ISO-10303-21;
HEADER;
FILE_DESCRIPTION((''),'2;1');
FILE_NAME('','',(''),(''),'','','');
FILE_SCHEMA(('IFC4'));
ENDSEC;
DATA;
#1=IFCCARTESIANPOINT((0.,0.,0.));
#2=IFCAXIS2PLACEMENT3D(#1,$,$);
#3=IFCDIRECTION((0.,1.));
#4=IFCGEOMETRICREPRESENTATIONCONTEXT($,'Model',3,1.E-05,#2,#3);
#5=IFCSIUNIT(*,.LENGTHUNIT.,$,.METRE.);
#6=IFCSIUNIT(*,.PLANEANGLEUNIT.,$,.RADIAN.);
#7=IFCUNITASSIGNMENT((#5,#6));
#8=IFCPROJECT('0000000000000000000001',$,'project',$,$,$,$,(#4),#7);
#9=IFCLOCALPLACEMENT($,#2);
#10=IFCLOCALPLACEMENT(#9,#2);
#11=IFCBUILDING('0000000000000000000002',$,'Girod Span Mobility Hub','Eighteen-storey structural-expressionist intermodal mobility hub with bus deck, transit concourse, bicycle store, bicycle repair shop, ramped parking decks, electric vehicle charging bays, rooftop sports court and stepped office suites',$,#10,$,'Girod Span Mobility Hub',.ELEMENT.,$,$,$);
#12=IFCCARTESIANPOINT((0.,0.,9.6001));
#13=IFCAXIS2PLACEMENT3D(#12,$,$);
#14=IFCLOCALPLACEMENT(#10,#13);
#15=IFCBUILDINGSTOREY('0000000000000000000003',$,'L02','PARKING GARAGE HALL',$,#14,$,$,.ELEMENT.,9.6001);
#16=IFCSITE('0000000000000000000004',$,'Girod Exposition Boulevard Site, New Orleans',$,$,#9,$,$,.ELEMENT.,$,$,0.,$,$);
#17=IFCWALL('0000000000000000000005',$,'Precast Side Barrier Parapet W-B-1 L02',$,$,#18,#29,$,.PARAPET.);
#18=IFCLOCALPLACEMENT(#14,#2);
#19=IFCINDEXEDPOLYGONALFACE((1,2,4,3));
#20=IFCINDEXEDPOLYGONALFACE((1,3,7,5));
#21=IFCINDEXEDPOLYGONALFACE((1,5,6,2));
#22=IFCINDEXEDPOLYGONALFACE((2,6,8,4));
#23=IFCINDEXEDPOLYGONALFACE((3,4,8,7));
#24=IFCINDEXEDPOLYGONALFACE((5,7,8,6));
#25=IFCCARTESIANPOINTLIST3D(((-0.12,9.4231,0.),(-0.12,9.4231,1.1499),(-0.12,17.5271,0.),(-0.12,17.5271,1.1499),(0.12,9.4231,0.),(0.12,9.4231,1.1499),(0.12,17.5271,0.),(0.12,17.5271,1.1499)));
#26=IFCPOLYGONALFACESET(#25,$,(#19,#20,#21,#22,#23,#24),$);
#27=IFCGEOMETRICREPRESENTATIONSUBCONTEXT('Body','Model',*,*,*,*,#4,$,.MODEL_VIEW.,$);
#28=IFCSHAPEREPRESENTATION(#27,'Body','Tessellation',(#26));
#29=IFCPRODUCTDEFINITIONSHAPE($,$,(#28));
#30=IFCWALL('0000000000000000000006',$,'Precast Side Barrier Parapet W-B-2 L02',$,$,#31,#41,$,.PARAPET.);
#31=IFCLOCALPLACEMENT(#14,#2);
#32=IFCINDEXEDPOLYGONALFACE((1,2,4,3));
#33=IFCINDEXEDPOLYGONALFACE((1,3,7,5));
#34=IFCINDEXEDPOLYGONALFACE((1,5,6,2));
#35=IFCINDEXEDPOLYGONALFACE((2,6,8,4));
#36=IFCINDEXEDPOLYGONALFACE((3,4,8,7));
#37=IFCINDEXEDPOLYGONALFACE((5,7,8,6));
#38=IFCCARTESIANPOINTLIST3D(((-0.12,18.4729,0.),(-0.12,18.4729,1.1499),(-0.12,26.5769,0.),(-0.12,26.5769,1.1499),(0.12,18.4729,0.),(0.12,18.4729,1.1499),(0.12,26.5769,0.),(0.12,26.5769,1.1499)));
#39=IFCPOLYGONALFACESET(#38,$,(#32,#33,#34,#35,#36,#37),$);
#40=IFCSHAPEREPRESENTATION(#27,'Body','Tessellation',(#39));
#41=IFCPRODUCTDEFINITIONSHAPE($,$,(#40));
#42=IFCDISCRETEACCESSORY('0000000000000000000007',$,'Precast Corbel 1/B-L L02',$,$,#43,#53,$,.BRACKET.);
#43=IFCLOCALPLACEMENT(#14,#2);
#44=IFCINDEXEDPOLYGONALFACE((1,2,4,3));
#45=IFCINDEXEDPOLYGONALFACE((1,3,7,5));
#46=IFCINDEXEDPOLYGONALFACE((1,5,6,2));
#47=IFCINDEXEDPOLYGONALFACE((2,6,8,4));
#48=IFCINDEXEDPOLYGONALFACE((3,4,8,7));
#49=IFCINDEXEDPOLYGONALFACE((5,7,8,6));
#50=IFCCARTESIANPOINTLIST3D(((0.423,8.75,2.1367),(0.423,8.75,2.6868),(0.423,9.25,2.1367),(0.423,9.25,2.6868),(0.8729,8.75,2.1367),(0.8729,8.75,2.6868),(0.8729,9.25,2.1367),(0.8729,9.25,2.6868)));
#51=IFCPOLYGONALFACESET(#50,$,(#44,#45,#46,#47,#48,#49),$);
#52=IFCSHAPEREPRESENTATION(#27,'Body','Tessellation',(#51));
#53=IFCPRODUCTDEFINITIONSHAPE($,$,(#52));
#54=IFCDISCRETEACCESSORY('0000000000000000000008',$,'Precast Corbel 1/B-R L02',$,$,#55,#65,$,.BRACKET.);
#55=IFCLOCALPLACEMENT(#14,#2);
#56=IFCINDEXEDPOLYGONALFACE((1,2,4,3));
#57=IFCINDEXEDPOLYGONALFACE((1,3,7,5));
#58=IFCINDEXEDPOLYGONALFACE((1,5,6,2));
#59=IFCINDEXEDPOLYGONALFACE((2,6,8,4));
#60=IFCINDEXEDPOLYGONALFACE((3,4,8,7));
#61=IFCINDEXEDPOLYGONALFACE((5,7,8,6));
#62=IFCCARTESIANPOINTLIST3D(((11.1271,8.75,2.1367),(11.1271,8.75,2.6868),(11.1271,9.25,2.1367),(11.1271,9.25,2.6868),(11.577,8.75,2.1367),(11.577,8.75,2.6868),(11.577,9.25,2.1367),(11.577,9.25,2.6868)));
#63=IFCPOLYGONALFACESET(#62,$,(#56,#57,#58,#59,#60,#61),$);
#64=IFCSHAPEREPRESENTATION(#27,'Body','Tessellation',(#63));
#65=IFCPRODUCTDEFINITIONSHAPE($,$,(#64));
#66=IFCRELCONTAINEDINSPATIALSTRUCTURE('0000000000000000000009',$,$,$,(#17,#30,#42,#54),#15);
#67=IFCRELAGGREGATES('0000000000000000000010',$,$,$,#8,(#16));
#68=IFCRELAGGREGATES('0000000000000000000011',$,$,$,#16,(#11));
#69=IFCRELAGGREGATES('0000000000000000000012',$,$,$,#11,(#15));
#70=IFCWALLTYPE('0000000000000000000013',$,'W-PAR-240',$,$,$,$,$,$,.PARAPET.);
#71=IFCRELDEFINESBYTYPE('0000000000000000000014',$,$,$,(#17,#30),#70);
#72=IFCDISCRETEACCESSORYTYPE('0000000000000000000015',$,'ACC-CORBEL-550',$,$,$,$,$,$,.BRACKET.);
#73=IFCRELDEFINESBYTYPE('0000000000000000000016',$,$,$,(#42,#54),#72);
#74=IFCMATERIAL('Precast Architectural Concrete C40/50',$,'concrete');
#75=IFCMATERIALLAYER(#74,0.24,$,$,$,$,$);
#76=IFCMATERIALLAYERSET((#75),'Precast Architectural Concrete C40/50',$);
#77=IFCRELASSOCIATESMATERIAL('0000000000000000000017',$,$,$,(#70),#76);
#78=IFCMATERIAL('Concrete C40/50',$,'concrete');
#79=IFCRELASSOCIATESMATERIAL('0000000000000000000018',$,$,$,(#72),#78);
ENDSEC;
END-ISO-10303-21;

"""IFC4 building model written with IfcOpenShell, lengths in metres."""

from ifc_helpers import new_model, si_unit, direction, frame, frame_2d, origin, origin_2d, place, context, subcontext, project, spatial, rectangle, extrude, material, layer, layer_set, type_object, element, save


model = new_model("IFC4")

# Units and contexts
model_context = context("Model", 3, precision=1e-05, world=origin(), true_north=direction((0.0, 1.0)))
body_context = subcontext(model_context, "Body", "Model", "MODEL_VIEW")
ifc_project = project(units=[si_unit("LENGTHUNIT", "METRE"), si_unit("PLANEANGLEUNIT", "RADIAN")], contexts=[model_context])

# Site, building, storey
site_placement = place(None, origin())
site = spatial("IfcSite", under=ifc_project, at=site_placement, Name="Girod Exposition Boulevard Site, New Orleans", CompositionType="ELEMENT", RefElevation=0.0)
building_placement = place(site_placement, origin())
building = spatial("IfcBuilding", under=site, at=building_placement, Name="Girod Span Mobility Hub", Description="Eighteen-storey structural-expressionist intermodal mobility hub with bus deck, transit concourse, bicycle store, bicycle repair shop, ramped parking decks, electric vehicle charging bays, rooftop sports court and stepped office suites", LongName="Girod Span Mobility Hub", CompositionType="ELEMENT")
storey_placement = place(building_placement, frame((0.0, 0.0, 9.6001)))
storey = spatial("IfcBuildingStorey", under=building, at=storey_placement, Name="L02", Description="PARKING GARAGE HALL", CompositionType="ELEMENT", Elevation=9.6001)

# Walls
ifc_material_1 = material(Name="Precast Architectural Concrete C40/50", Category="concrete")
ifc_layer_1 = layer(ifc_material_1, 0.24)
ifc_layer_set_1 = layer_set([ifc_layer_1], Name="Precast Architectural Concrete C40/50")
wall_type = type_object("IfcWallType", Name="W-PAR-240", PredefinedType="PARAPET", material=ifc_layer_set_1)
for number, where, z_axis, x_axis, name in (
    (1, (0.0, 9.4231, 0.0), (0.0, 0.0, 1.0), (0.0, 1.0, 0.0), "Precast Side Barrier Parapet W-B-1 L02"),
    (2, (0.0, 18.4729, 0.0), (0.0, 0.0, 1.0), (0.0, 1.0, 0.0), "Precast Side Barrier Parapet W-B-2 L02"),
):
    element("IfcWall", number, at=place(storey_placement, frame(where, z_axis=z_axis, x_axis=x_axis)), inside=storey, type_object=wall_type, Name=name, PredefinedType="PARAPET", context=body_context, shape_type="SweptSolid", body=[
        extrude(rectangle(XDim=8.104, YDim=0.24, at=frame_2d((4.052, 0.0))), origin(), (0.0, 0.0, 1.0), 1.1499),
    ])

# Discrete accessories
ifc_material_2 = material(Name="Concrete C40/50", Category="concrete")
discrete_accessory_type = type_object("IfcDiscreteAccessoryType", Name="ACC-CORBEL-550", PredefinedType="BRACKET", material=ifc_material_2)
for number, where, z_axis, x_axis, name in (
    (3, (0.6479, 9.0, 2.1367), (0.0, 0.0, 1.0), (1.0, 0.0, 0.0), "Precast Corbel 1/B-L L02"),
    (4, (11.3521, 9.0, 2.1367), (0.0, 0.0, 1.0), (1.0, 0.0, 0.0), "Precast Corbel 1/B-R L02"),
):
    element("IfcDiscreteAccessory", number, at=place(storey_placement, frame(where, z_axis=z_axis, x_axis=x_axis)), inside=storey, type_object=discrete_accessory_type, Name=name, PredefinedType="BRACKET", context=body_context, shape_type="SweptSolid", body=[
        extrude(rectangle(XDim=0.45, YDim=0.5, at=origin_2d()), origin(), (0.0, 0.0, 1.0), 0.55),
    ])

save(model, "model.ifc")
